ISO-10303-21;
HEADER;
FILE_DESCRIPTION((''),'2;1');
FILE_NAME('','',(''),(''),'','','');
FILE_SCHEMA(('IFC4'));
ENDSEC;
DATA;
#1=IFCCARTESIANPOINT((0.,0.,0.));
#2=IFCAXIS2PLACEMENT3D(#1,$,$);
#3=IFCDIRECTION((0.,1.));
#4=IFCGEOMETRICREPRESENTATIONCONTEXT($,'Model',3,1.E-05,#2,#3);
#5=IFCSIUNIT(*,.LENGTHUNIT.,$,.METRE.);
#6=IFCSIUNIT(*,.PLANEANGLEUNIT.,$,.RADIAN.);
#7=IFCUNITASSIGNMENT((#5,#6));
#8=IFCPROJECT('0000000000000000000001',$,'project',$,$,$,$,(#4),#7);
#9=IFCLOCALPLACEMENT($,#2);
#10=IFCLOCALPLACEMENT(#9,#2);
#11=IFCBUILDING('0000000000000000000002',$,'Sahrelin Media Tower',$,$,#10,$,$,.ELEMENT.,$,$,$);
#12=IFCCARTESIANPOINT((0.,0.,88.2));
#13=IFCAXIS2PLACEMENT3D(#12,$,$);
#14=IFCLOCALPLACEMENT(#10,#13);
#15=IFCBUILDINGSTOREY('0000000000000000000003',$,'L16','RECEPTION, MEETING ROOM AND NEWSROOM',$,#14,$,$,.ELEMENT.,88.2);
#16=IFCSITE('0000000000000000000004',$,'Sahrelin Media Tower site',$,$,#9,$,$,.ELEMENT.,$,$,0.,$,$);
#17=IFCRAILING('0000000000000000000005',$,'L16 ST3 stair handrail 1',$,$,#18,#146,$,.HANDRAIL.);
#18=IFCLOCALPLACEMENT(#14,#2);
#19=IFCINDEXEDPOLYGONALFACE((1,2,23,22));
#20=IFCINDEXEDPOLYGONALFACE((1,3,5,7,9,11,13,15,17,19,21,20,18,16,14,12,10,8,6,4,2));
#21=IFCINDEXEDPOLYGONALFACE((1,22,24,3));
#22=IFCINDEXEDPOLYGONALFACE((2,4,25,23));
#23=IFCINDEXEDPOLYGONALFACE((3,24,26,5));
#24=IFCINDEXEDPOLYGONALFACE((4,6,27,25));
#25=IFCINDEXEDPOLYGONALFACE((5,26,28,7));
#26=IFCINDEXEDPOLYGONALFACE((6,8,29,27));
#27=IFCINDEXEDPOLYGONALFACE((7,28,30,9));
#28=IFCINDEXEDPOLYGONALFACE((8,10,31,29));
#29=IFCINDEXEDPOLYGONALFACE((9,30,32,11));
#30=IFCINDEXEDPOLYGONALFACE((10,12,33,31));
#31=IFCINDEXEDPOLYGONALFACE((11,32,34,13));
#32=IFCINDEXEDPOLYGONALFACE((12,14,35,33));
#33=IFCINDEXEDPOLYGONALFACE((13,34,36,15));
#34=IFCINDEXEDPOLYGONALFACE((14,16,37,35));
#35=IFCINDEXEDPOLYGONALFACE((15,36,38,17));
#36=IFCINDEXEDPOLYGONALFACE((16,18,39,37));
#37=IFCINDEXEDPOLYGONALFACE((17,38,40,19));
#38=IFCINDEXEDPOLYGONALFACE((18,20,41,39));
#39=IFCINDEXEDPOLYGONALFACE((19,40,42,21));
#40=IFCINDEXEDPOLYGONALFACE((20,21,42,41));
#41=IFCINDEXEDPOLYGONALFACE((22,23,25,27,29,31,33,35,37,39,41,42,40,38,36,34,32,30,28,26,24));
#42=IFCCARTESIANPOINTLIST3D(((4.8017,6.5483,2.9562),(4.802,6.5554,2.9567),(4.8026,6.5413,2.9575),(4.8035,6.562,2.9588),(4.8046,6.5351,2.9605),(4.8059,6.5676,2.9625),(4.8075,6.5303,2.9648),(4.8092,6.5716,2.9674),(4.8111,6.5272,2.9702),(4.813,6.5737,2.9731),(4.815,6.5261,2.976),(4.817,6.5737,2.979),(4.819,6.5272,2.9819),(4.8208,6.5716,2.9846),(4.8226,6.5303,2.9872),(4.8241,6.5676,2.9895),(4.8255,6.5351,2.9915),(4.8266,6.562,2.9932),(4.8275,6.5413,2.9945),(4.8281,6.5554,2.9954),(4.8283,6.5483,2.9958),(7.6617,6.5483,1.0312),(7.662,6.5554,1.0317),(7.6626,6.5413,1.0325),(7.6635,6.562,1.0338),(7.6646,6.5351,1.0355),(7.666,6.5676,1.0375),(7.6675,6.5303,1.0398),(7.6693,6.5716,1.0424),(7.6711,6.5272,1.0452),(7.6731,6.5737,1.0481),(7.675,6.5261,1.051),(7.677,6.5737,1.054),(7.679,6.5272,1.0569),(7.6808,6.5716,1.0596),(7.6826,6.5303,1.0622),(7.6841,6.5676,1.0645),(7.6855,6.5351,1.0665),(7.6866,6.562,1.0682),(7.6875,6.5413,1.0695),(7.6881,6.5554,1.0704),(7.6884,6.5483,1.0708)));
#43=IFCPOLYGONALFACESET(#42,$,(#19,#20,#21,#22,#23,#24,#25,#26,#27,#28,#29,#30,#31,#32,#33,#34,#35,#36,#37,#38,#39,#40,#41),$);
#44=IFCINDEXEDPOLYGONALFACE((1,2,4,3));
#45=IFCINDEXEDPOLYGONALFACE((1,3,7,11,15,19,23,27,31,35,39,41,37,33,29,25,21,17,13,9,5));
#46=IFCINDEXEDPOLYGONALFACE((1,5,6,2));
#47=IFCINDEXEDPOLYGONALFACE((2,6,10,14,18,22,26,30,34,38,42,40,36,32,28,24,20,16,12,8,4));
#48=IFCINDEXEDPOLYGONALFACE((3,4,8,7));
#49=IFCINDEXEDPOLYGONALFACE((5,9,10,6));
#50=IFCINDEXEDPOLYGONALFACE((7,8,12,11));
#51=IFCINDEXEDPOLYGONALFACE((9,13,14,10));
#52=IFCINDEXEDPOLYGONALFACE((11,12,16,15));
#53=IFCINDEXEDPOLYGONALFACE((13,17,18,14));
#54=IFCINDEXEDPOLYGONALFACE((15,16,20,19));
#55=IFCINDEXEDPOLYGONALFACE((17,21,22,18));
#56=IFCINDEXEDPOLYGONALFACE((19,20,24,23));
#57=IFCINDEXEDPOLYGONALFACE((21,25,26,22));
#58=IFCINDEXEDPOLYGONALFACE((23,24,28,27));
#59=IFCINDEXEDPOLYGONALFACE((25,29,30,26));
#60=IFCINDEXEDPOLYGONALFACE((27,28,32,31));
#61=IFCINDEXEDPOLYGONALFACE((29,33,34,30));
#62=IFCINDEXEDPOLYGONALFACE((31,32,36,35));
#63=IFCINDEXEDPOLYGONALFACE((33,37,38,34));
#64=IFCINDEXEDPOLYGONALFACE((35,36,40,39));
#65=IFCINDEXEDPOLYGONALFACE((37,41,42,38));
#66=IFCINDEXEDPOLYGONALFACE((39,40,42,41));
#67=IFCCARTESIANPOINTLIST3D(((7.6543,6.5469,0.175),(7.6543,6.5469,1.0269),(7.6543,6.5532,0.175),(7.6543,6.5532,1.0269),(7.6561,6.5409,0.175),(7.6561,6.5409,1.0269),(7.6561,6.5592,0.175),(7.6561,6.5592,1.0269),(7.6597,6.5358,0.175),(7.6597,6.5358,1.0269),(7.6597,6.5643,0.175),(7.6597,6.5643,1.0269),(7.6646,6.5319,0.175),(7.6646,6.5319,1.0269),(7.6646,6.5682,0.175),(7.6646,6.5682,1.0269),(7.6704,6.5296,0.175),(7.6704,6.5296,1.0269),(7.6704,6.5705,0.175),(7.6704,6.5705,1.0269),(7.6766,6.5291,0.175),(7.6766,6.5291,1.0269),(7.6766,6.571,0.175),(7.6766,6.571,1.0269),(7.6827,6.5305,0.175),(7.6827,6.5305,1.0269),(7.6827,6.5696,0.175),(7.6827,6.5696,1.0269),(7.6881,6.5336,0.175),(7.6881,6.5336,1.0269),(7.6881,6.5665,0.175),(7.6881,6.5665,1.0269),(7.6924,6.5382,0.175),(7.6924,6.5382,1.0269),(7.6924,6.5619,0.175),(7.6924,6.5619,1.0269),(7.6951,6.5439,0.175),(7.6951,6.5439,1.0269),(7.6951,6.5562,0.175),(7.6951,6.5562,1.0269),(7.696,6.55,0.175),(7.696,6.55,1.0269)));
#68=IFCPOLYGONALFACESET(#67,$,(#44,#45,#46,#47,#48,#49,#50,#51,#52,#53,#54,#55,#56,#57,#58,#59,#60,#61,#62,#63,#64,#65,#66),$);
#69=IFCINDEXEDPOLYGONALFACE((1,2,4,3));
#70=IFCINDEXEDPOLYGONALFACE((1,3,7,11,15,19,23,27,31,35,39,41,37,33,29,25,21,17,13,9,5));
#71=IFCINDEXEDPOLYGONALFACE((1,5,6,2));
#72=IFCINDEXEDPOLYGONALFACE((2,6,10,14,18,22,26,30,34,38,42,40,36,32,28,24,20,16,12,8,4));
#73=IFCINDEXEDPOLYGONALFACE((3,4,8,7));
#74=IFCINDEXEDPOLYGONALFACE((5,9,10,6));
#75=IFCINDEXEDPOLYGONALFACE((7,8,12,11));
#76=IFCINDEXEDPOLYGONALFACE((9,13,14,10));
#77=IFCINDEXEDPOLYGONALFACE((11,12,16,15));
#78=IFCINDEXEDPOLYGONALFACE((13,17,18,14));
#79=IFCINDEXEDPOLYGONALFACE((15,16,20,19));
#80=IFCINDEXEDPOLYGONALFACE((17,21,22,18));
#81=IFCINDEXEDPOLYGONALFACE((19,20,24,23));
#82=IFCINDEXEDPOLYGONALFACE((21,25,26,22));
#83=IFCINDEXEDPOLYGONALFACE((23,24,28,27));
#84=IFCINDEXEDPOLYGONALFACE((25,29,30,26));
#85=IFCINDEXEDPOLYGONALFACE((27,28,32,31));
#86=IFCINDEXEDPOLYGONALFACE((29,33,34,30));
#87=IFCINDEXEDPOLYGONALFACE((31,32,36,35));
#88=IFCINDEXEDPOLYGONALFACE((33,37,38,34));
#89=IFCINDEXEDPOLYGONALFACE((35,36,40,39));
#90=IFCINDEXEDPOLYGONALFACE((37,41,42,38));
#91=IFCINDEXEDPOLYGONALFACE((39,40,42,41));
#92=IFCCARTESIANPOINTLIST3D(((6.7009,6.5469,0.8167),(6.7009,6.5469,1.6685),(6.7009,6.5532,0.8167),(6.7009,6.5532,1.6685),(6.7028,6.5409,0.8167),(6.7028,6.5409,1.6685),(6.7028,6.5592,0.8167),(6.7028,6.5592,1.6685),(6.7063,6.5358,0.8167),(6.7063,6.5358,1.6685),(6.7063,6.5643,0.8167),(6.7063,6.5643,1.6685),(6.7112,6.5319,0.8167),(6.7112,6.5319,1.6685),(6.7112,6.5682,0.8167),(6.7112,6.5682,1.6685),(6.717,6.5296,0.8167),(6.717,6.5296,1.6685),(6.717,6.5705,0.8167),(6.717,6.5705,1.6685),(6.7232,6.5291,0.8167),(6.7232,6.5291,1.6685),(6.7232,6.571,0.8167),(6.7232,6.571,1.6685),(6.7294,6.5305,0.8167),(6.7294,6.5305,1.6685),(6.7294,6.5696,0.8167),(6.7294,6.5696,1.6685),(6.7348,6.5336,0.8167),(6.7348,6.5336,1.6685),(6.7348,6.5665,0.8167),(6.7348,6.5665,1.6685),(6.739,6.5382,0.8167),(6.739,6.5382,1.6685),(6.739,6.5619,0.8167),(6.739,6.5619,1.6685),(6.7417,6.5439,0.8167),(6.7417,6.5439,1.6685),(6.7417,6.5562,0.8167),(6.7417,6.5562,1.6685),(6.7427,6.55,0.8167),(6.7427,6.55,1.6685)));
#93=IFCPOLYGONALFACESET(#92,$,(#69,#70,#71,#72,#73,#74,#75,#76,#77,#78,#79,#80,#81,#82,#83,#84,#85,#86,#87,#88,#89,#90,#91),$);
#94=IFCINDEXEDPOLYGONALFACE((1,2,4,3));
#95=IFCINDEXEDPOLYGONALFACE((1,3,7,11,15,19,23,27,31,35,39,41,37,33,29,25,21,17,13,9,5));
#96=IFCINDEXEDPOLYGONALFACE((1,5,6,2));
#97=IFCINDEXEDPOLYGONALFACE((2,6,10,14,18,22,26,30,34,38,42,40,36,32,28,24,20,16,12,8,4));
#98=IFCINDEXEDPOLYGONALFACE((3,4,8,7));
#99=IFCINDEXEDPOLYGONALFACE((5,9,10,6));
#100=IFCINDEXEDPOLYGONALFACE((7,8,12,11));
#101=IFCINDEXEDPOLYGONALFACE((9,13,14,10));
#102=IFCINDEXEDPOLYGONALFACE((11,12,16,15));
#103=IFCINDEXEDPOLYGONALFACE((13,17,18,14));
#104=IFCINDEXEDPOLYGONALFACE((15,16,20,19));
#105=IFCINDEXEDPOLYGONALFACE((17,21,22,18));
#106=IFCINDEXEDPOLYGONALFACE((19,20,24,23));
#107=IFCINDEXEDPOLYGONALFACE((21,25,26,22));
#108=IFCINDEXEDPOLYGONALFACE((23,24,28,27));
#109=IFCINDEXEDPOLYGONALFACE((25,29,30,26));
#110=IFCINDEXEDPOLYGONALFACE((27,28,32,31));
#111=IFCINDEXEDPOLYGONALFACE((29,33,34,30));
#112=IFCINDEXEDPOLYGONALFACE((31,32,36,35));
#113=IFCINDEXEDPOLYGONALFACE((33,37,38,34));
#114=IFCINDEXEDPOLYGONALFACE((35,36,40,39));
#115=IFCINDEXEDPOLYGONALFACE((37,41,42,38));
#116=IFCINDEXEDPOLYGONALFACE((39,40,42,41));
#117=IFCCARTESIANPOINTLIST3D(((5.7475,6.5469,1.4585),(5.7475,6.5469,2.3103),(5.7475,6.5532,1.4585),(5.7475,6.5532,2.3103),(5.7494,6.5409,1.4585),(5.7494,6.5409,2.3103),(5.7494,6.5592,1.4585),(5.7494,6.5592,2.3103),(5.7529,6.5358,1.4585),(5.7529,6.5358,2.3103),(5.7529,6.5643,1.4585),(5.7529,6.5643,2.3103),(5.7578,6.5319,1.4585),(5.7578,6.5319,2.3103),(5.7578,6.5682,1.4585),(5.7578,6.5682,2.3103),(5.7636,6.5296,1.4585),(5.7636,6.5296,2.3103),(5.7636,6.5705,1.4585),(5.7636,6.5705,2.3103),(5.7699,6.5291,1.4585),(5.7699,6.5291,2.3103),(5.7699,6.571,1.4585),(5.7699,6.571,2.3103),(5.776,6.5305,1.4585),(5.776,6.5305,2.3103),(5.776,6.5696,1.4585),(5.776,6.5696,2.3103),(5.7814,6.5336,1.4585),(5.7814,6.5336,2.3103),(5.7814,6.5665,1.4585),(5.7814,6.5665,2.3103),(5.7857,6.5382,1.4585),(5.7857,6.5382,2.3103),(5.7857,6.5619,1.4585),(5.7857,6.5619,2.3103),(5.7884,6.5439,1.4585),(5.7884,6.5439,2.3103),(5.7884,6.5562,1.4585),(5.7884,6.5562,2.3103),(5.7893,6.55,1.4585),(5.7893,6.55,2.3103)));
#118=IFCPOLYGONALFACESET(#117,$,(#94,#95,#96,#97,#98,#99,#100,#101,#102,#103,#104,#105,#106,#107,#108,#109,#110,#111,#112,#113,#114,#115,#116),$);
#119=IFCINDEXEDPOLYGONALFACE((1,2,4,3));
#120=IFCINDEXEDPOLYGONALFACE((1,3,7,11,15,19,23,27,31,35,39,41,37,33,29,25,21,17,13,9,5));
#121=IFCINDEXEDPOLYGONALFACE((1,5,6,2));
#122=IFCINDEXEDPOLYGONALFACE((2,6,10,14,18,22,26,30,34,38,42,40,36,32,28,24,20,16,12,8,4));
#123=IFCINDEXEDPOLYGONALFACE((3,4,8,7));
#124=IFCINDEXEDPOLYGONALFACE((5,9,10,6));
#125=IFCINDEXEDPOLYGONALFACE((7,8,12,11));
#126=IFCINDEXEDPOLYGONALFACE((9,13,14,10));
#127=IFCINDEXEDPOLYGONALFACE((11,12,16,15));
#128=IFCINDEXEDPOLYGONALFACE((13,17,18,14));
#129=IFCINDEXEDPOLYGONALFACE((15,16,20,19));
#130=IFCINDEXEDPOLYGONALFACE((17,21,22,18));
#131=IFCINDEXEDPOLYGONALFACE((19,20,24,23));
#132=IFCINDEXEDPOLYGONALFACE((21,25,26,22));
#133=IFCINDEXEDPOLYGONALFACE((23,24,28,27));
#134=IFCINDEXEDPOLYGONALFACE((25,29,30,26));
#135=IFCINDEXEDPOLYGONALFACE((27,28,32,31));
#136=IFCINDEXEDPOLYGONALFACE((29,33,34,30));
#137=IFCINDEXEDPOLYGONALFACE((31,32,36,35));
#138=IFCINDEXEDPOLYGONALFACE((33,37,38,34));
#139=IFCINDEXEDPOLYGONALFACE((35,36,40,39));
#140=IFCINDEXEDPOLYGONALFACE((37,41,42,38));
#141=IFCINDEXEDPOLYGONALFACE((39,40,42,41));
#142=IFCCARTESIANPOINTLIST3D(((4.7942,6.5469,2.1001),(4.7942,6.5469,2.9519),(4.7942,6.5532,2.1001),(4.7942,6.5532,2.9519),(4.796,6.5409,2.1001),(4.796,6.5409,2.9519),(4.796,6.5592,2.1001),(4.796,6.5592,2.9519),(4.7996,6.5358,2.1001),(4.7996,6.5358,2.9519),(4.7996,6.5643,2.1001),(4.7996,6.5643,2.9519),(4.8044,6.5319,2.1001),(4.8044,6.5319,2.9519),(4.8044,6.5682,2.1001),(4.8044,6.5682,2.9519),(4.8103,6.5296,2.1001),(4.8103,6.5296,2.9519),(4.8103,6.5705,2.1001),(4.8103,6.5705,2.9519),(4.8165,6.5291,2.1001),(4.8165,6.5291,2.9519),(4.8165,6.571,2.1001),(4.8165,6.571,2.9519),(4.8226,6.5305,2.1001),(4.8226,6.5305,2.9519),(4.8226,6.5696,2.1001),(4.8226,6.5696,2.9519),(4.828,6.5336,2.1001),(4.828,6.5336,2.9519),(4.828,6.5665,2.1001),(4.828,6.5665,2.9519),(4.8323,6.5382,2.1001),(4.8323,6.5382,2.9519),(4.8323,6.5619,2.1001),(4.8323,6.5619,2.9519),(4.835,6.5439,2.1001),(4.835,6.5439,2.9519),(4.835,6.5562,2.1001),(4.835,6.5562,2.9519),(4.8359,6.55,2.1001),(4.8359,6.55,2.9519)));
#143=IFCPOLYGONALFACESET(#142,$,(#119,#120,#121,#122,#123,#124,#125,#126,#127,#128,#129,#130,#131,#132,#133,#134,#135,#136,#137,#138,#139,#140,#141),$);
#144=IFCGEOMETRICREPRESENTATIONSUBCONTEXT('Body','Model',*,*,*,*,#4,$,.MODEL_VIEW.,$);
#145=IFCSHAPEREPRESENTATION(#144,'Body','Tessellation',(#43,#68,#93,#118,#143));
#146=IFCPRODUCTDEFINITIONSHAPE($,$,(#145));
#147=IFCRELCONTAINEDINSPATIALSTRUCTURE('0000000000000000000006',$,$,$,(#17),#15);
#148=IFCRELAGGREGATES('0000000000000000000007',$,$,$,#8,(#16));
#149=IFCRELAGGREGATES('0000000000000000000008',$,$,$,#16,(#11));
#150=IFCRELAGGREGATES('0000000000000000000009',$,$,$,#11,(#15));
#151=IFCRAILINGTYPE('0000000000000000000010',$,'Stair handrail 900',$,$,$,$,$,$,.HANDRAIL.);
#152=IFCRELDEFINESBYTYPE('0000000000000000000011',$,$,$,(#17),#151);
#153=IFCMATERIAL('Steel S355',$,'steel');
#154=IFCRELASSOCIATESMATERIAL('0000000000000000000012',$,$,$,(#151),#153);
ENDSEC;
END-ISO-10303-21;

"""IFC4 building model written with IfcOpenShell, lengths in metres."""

from ifc_helpers import new_model, si_unit, direction, frame, origin, origin_2d, place, context, subcontext, project, spatial, circle, extrude, material, type_object, element, save


model = new_model("IFC4")

# Units and contexts
model_context = context("Model", 3, precision=1e-05, world=origin(), true_north=direction((0.0, 1.0)))
body_context = subcontext(model_context, "Body", "Model", "MODEL_VIEW")
ifc_project = project(units=[si_unit("LENGTHUNIT", "METRE"), si_unit("PLANEANGLEUNIT", "RADIAN")], contexts=[model_context])

# Site, building, storey
site_placement = place(None, origin())
site = spatial("IfcSite", under=ifc_project, at=site_placement, Name="Sahrelin Media Tower site", CompositionType="ELEMENT", RefElevation=0.0)
building_placement = place(site_placement, origin())
building = spatial("IfcBuilding", under=site, at=building_placement, Name="Sahrelin Media Tower", CompositionType="ELEMENT")
storey_placement = place(building_placement, frame((0.0, 0.0, 88.2)))
storey = spatial("IfcBuildingStorey", under=building, at=storey_placement, Name="L16", Description="RECEPTION, MEETING ROOM AND NEWSROOM", CompositionType="ELEMENT", Elevation=88.2)

# Shared definitions
ifc_material_1 = material(Name="Steel S355", Category="steel")

# Railing
railing_type_1 = type_object("IfcRailingType", Name="Stair handrail 900", PredefinedType="HANDRAIL", material=ifc_material_1)
railing_1_placement = place(storey_placement, frame((7.675, 6.55, 0.175)))
element("IfcRailing", 1, at=railing_1_placement, inside=storey, type_object=railing_type_1, Name="L16 ST3 stair handrail 1", PredefinedType="HANDRAIL", context=body_context, shape_type="SweptSolid", body=[
    extrude(circle(Radius=0.0239, at=origin_2d()), frame((0.0, 0.0, 0.876), z_axis=(-0.829591, 0.0, 0.558372), x_axis=(0.0, -1.0, 0.0)), (0.0, 0.0, 1.0), 3.4475),
    extrude(circle(Radius=0.021, at=origin_2d()), origin(), (0.0, 0.0, 1.0), 0.8518),
    extrude(circle(Radius=0.021, at=origin_2d()), frame((-0.9534, 0.0, 0.6416)), (0.0, 0.0, 1.0), 0.8518),
    extrude(circle(Radius=0.021, at=origin_2d()), frame((-1.9067, 0.0, 1.2834)), (0.0, 0.0, 1.0), 0.8518),
    extrude(circle(Radius=0.021, at=origin_2d()), frame((-2.8601, 0.0, 1.925)), (0.0, 0.0, 1.0), 0.8518),
])

save(model, "model.ifc")
